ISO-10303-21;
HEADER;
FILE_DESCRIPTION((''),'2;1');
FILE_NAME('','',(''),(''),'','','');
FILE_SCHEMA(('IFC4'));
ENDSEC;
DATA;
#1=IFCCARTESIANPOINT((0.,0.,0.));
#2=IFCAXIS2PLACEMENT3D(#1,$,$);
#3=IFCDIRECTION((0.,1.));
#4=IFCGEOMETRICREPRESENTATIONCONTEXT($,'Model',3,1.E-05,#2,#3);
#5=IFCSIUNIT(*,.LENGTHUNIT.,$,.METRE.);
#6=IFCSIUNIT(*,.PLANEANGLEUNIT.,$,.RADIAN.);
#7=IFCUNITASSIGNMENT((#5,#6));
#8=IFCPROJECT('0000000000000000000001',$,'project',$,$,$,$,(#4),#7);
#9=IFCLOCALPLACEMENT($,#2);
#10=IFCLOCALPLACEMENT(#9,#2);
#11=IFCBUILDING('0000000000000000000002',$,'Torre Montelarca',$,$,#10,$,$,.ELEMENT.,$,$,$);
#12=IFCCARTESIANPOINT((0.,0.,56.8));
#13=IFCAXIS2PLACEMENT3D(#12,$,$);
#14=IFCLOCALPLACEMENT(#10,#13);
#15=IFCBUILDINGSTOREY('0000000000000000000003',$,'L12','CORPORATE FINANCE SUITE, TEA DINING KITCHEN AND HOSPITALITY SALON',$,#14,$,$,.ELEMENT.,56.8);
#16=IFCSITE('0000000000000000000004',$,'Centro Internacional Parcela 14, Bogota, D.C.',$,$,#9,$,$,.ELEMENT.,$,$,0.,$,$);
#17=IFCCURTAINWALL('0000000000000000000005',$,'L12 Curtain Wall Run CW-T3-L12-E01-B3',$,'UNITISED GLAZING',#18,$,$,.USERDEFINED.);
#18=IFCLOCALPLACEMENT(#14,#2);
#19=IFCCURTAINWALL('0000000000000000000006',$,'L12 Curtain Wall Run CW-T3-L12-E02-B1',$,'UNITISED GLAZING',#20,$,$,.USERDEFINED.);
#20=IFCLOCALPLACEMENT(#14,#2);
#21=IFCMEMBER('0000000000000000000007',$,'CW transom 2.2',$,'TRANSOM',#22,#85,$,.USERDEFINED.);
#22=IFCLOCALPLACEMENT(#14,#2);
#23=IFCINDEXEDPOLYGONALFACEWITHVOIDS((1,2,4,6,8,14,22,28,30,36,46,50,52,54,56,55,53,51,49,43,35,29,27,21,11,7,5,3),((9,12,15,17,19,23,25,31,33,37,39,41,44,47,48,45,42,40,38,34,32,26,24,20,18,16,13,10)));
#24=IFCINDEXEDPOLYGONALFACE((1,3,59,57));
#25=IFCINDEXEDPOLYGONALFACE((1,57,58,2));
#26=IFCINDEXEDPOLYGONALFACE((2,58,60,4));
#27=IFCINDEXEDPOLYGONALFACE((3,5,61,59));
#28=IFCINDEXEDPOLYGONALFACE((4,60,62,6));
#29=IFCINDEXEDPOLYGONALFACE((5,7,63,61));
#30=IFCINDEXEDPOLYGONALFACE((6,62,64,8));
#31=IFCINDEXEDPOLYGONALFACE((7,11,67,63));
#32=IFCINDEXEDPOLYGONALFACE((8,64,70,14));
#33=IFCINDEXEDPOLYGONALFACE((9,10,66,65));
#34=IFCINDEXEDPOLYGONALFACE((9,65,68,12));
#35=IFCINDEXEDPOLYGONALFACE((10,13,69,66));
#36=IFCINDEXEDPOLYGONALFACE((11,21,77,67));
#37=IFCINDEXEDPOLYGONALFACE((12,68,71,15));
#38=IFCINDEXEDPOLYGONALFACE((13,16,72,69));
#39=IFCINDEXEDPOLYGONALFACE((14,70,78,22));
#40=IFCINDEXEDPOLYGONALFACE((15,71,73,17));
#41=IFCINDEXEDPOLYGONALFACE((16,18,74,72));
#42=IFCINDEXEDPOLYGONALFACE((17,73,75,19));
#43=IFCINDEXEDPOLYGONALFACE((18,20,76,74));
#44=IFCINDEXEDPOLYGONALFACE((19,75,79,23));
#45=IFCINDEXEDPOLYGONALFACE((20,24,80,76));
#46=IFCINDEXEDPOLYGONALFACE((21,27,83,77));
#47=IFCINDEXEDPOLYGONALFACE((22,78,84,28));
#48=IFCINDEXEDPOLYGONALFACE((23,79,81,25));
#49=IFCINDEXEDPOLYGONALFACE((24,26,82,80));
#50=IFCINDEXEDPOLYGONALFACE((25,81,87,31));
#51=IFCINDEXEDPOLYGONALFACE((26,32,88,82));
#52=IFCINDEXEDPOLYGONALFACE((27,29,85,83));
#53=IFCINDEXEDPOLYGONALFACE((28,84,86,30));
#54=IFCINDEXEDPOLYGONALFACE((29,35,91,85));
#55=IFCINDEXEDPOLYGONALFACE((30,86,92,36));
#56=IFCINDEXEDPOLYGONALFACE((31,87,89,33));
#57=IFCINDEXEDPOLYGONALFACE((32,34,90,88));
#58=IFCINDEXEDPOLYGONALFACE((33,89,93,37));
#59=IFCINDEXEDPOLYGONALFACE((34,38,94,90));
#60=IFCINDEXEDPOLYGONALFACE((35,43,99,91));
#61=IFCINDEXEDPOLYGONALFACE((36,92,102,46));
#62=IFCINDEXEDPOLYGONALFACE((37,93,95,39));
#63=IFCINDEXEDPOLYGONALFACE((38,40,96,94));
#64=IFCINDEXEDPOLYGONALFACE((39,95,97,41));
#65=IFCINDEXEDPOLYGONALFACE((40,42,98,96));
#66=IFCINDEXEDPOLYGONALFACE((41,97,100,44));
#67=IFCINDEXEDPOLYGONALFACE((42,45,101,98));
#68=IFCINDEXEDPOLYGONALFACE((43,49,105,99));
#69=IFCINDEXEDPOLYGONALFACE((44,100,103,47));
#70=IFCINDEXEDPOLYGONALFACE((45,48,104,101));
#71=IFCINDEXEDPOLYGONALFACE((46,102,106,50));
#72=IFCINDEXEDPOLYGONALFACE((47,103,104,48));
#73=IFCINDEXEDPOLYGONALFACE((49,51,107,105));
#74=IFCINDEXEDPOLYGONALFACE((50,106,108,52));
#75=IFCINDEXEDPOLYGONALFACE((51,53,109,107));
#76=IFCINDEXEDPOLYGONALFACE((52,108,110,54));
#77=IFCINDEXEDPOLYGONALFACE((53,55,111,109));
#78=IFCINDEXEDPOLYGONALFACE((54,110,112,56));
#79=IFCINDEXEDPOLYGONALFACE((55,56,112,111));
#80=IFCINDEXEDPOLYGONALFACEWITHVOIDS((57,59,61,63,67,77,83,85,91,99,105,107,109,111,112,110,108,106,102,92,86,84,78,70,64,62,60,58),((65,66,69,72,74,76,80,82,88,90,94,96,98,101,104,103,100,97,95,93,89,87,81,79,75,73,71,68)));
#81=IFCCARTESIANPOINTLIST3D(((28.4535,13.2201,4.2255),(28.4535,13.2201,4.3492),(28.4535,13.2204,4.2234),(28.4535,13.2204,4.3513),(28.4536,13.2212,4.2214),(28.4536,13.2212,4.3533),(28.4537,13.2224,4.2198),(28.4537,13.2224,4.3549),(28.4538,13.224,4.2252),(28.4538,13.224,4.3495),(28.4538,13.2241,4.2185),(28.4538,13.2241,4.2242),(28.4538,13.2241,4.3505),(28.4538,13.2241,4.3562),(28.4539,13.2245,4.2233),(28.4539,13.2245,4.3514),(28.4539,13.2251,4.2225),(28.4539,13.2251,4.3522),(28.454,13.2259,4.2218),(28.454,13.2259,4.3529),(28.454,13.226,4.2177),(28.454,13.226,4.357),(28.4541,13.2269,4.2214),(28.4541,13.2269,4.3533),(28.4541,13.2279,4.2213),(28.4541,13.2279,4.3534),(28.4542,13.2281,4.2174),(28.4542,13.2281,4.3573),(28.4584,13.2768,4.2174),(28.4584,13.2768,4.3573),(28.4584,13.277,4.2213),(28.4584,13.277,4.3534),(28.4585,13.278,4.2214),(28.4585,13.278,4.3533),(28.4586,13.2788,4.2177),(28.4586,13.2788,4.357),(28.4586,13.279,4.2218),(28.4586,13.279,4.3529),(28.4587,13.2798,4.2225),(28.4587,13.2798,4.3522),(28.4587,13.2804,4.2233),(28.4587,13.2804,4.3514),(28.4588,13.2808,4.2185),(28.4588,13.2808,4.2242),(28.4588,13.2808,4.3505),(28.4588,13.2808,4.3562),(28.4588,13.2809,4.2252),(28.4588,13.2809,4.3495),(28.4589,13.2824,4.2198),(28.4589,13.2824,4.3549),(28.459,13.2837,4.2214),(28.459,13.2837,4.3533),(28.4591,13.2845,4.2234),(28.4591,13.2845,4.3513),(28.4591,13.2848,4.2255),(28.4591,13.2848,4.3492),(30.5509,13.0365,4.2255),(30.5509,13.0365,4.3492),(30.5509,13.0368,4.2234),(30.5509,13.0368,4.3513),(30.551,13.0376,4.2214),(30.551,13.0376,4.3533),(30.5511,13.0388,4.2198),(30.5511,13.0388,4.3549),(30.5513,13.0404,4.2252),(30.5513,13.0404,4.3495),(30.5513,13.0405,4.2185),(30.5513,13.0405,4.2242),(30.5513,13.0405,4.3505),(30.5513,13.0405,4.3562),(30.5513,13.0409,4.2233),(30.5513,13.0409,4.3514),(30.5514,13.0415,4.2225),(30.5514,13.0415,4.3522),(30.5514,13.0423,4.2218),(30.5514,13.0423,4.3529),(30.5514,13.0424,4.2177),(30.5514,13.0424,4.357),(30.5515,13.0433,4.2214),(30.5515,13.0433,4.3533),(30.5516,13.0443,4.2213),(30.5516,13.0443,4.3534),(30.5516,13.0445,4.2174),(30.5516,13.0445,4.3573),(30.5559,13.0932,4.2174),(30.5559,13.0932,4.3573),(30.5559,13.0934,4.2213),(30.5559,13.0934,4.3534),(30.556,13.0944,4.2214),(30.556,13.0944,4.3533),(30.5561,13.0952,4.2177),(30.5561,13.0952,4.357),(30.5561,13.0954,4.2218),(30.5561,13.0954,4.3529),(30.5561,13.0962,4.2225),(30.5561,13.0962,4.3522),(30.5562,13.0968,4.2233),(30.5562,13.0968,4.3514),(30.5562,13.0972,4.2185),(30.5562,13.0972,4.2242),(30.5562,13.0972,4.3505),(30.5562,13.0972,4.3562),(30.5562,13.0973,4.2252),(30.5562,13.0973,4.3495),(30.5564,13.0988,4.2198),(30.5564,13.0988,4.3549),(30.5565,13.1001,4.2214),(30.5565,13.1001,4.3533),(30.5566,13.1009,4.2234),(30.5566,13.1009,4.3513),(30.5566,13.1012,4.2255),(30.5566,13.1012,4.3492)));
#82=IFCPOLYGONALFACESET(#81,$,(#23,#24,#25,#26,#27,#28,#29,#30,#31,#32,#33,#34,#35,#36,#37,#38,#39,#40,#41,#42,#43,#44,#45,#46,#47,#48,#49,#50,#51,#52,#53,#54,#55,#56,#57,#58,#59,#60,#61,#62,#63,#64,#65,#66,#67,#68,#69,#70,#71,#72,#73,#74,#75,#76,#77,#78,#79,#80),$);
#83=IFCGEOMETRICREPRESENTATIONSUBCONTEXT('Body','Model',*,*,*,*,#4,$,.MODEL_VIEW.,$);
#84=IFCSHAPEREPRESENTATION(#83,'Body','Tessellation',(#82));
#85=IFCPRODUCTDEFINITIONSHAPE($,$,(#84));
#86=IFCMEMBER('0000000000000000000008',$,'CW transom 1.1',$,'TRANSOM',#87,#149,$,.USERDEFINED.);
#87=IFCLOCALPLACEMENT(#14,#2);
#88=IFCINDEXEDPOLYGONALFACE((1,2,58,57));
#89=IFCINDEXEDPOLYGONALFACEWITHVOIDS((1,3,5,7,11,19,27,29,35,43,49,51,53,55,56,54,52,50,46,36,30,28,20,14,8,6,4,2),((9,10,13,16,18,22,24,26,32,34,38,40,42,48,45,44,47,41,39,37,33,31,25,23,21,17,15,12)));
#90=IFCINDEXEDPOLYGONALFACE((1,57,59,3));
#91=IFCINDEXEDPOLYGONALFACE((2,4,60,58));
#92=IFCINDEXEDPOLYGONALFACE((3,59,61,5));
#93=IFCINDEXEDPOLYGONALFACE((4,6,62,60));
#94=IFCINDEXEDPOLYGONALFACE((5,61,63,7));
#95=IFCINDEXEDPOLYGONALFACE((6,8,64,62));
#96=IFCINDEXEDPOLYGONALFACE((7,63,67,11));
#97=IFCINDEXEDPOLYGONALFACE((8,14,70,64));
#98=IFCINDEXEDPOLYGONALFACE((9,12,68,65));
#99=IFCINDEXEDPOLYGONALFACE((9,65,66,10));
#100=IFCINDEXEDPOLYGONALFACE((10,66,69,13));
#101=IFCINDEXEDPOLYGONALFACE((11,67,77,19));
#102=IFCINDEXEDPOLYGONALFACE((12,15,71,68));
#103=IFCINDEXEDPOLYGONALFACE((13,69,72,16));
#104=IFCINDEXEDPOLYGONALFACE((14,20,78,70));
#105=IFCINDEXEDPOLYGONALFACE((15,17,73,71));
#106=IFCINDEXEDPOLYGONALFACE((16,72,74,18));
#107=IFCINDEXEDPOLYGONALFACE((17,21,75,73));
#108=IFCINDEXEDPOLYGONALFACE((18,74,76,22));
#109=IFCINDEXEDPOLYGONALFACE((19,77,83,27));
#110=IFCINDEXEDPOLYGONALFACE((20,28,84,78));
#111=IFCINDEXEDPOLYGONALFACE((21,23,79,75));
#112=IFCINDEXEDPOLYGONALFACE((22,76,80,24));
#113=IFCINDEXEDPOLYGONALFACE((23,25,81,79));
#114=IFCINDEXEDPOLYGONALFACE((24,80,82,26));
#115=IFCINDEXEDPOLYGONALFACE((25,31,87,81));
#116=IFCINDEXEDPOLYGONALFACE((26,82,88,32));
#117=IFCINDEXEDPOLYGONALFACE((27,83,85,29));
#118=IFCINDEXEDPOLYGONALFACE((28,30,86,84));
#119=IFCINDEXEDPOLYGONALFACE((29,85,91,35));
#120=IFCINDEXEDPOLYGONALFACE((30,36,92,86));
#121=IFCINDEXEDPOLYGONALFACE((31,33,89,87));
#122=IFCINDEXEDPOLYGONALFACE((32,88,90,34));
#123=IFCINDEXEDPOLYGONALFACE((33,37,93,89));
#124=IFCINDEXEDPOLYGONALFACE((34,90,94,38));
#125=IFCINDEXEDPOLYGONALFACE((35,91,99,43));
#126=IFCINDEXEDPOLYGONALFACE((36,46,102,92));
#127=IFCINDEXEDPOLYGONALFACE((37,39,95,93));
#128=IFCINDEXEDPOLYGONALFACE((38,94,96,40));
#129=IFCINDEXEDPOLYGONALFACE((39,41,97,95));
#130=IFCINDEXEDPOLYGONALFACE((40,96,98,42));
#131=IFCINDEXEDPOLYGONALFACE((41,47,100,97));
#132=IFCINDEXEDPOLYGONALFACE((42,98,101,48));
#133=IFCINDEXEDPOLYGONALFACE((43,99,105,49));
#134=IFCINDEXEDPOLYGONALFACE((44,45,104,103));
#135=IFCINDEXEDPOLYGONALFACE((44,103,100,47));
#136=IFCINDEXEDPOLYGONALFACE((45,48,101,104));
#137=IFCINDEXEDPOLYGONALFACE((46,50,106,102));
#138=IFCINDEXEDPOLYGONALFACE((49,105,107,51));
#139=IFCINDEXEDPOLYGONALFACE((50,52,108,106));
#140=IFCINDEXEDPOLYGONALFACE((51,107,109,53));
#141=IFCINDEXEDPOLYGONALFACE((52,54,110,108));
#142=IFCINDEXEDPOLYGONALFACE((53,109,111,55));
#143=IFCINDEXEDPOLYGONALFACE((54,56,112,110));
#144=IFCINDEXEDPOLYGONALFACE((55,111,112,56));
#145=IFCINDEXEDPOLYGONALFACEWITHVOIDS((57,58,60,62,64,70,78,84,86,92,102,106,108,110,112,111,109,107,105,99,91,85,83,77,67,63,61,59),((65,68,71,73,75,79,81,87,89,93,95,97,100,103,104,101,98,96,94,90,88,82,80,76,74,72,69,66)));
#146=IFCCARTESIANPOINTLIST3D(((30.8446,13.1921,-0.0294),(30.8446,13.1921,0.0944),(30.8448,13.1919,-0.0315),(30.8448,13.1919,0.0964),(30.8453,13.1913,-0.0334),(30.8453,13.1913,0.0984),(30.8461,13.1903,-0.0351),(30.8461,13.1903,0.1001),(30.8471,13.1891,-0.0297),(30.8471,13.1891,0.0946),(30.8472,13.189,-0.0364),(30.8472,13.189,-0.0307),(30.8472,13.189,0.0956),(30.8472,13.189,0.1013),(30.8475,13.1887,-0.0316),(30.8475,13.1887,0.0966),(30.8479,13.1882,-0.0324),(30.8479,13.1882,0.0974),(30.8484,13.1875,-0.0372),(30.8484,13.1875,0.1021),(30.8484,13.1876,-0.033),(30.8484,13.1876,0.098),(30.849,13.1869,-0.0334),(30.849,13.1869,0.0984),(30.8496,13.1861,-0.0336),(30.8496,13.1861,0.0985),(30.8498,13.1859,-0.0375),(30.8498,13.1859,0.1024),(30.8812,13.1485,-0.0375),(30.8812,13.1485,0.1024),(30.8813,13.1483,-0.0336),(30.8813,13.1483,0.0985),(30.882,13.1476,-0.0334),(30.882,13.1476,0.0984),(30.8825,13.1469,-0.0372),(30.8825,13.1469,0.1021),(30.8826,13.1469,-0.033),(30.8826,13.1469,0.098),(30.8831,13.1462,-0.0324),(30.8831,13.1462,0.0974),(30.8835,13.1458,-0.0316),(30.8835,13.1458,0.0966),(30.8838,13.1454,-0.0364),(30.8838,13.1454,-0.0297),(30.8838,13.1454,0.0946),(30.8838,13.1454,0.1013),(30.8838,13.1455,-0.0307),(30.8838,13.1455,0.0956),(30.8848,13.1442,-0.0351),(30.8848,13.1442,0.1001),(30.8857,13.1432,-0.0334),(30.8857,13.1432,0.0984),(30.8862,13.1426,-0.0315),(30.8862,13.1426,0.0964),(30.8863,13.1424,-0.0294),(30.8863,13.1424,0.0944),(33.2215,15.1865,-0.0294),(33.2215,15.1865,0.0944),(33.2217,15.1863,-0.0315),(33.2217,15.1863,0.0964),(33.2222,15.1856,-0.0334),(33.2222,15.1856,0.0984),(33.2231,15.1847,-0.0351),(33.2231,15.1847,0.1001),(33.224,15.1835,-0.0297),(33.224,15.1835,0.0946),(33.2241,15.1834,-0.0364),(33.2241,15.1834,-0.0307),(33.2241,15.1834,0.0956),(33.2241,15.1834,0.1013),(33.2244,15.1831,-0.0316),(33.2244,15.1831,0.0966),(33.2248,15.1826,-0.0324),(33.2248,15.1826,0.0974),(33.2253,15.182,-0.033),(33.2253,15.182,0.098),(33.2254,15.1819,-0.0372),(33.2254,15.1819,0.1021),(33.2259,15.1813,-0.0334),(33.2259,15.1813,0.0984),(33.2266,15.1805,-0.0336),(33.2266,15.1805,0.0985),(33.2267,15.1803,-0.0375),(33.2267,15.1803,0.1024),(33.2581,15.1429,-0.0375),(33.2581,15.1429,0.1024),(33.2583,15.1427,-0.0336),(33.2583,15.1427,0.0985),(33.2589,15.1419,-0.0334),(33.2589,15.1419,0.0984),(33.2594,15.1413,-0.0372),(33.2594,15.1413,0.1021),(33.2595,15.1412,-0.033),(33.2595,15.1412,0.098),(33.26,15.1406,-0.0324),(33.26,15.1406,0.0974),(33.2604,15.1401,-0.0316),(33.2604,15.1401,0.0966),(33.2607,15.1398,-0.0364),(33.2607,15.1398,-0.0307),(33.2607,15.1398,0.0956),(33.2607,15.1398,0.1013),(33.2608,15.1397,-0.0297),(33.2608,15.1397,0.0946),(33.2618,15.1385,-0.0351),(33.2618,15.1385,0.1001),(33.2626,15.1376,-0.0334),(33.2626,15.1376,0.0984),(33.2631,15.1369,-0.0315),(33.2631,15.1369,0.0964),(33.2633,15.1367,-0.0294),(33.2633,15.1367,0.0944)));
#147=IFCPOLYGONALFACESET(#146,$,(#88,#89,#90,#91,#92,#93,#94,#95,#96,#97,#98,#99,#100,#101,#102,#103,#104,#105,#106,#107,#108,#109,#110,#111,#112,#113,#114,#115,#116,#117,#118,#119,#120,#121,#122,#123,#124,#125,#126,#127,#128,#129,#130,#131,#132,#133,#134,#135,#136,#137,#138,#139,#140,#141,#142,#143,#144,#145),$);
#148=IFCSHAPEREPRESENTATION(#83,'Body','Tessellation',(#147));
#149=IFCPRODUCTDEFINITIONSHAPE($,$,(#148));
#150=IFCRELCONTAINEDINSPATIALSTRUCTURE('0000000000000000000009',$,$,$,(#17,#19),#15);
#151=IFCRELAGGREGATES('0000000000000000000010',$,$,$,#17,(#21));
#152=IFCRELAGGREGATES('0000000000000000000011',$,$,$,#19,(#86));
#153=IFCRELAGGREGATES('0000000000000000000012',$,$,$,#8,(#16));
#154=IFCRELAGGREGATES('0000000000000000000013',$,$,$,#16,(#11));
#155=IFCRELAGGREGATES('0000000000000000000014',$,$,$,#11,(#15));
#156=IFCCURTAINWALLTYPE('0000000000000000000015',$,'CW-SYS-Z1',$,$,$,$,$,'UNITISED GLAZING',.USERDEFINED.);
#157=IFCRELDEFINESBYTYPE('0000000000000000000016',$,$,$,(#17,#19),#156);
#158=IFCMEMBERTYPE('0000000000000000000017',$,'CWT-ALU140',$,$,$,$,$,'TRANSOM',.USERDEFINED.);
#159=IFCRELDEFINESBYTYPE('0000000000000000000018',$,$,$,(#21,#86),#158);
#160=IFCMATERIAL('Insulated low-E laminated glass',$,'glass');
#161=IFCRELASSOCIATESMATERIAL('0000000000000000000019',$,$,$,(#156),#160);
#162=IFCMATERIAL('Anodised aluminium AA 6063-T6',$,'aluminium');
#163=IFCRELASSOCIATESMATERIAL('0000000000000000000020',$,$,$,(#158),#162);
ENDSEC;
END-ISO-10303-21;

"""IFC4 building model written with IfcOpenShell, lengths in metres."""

from ifc_helpers import new_model, si_unit, direction, frame, origin, origin_2d, place, context, subcontext, project, spatial, hollow_rectangle, extrude, source, transform, mapped, material, material_profile, profile_set, type_object, element, aggregate, save


model = new_model("IFC4")

# Units and contexts
model_context = context("Model", 3, precision=1e-05, world=origin(), true_north=direction((0.0, 1.0)))
body_context = subcontext(model_context, "Body", "Model", "MODEL_VIEW")
ifc_project = project(units=[si_unit("LENGTHUNIT", "METRE"), si_unit("PLANEANGLEUNIT", "RADIAN")], contexts=[model_context])

# Site, building, storey
site_placement = place(None, origin())
site = spatial("IfcSite", under=ifc_project, at=site_placement, Name="Centro Internacional Parcela 14, Bogota, D.C.", CompositionType="ELEMENT", RefElevation=0.0)
building_placement = place(site_placement, origin())
building = spatial("IfcBuilding", under=site, at=building_placement, Name="Torre Montelarca", CompositionType="ELEMENT")
storey_placement = place(building_placement, frame((0.0, 0.0, 56.8)))
storey = spatial("IfcBuildingStorey", under=building, at=storey_placement, Name="L12", Description="CORPORATE FINANCE SUITE, TEA DINING KITCHEN AND HOSPITALITY SALON", CompositionType="ELEMENT", Elevation=56.8)

# Shared definitions
ifc_material_1 = material(Name="Insulated low-E laminated glass", Category="glass")
curtain_wall_type = type_object("IfcCurtainWallType", Name="CW-SYS-Z1", ElementType="UNITISED GLAZING", PredefinedType="USERDEFINED", material=ifc_material_1)
ifc_material_2 = material(Name="Anodised aluminium AA 6063-T6", Category="aluminium")

# Curtain walls
curtain_wall_1_placement = place(storey_placement, origin())
curtain_wall_1 = element("IfcCurtainWall", 1, at=curtain_wall_1_placement, inside=storey, type_object=curtain_wall_type, Name="L12 Curtain Wall Run CW-T3-L12-E01-B3", ObjectType="UNITISED GLAZING", PredefinedType="USERDEFINED")
curtain_wall_2_placement = place(storey_placement, origin())
curtain_wall_2 = element("IfcCurtainWall", 2, at=curtain_wall_2_placement, inside=storey, type_object=curtain_wall_type, Name="L12 Curtain Wall Run CW-T3-L12-E02-B1", ObjectType="UNITISED GLAZING", PredefinedType="USERDEFINED")

# Members
ifc_material_profile_1 = material_profile(ifc_material_2, hollow_rectangle(XDim=0.0649, YDim=0.1399, WallThickness=0.0039, InnerFilletRadius=0.0039, OuterFilletRadius=0.0081, at=origin_2d()), Name="ALU65X140X4", Category="aluminium")
ifc_profile_set_1 = profile_set([ifc_material_profile_1], Name="Anodised aluminium AA 6063-T6")
member_type_1 = type_object("IfcMemberType", Name="CWT-ALU140", ElementType="TRANSOM", PredefinedType="USERDEFINED", material=ifc_profile_set_1)
shared_shape_1 = source(origin(), body_context, "Body", "SweptSolid", [
    extrude(hollow_rectangle(XDim=0.0649, YDim=0.1399, WallThickness=0.0039, InnerFilletRadius=0.0039, OuterFilletRadius=0.0081, at=origin_2d()), origin(), (0.0, 0.0, 1.0), 2.1055),
])
member_1_placement = place(storey_placement, frame((28.4563, 13.2524, 4.2874), z_axis=(0.996191, -0.0872, 0.0), x_axis=(0.0872, 0.996191, 0.0)))
member_1 = element("IfcMember", 3, at=member_1_placement, type_object=member_type_1, Name="CW transom 2.2", ObjectType="TRANSOM", PredefinedType="USERDEFINED", context=body_context, shape_type="MappedRepresentation", body=[
    mapped(shared_shape_1, transform((0.0, 0.0, 0.0), scale=1.0)),
])
shared_shape_2 = source(origin(), body_context, "Body", "SweptSolid", [
    extrude(hollow_rectangle(XDim=0.0649, YDim=0.1399, WallThickness=0.0039, InnerFilletRadius=0.0039, OuterFilletRadius=0.0081, at=origin_2d()), origin(), (0.0, 0.0, 1.0), 3.1028),
])
member_2_placement = place(storey_placement, frame((30.8655, 13.1672, 0.0325), z_axis=(0.766063, 0.642766, 0.0), x_axis=(-0.642766, 0.766063, 0.0)))
member_2 = element("IfcMember", 4, at=member_2_placement, type_object=member_type_1, Name="CW transom 1.1", ObjectType="TRANSOM", PredefinedType="USERDEFINED", context=body_context, shape_type="MappedRepresentation", body=[
    mapped(shared_shape_2, transform((0.0, 0.0, 0.0), scale=1.0)),
])

aggregate(curtain_wall_1, [member_1])
aggregate(curtain_wall_2, [member_2])

save(model, "model.ifc")
